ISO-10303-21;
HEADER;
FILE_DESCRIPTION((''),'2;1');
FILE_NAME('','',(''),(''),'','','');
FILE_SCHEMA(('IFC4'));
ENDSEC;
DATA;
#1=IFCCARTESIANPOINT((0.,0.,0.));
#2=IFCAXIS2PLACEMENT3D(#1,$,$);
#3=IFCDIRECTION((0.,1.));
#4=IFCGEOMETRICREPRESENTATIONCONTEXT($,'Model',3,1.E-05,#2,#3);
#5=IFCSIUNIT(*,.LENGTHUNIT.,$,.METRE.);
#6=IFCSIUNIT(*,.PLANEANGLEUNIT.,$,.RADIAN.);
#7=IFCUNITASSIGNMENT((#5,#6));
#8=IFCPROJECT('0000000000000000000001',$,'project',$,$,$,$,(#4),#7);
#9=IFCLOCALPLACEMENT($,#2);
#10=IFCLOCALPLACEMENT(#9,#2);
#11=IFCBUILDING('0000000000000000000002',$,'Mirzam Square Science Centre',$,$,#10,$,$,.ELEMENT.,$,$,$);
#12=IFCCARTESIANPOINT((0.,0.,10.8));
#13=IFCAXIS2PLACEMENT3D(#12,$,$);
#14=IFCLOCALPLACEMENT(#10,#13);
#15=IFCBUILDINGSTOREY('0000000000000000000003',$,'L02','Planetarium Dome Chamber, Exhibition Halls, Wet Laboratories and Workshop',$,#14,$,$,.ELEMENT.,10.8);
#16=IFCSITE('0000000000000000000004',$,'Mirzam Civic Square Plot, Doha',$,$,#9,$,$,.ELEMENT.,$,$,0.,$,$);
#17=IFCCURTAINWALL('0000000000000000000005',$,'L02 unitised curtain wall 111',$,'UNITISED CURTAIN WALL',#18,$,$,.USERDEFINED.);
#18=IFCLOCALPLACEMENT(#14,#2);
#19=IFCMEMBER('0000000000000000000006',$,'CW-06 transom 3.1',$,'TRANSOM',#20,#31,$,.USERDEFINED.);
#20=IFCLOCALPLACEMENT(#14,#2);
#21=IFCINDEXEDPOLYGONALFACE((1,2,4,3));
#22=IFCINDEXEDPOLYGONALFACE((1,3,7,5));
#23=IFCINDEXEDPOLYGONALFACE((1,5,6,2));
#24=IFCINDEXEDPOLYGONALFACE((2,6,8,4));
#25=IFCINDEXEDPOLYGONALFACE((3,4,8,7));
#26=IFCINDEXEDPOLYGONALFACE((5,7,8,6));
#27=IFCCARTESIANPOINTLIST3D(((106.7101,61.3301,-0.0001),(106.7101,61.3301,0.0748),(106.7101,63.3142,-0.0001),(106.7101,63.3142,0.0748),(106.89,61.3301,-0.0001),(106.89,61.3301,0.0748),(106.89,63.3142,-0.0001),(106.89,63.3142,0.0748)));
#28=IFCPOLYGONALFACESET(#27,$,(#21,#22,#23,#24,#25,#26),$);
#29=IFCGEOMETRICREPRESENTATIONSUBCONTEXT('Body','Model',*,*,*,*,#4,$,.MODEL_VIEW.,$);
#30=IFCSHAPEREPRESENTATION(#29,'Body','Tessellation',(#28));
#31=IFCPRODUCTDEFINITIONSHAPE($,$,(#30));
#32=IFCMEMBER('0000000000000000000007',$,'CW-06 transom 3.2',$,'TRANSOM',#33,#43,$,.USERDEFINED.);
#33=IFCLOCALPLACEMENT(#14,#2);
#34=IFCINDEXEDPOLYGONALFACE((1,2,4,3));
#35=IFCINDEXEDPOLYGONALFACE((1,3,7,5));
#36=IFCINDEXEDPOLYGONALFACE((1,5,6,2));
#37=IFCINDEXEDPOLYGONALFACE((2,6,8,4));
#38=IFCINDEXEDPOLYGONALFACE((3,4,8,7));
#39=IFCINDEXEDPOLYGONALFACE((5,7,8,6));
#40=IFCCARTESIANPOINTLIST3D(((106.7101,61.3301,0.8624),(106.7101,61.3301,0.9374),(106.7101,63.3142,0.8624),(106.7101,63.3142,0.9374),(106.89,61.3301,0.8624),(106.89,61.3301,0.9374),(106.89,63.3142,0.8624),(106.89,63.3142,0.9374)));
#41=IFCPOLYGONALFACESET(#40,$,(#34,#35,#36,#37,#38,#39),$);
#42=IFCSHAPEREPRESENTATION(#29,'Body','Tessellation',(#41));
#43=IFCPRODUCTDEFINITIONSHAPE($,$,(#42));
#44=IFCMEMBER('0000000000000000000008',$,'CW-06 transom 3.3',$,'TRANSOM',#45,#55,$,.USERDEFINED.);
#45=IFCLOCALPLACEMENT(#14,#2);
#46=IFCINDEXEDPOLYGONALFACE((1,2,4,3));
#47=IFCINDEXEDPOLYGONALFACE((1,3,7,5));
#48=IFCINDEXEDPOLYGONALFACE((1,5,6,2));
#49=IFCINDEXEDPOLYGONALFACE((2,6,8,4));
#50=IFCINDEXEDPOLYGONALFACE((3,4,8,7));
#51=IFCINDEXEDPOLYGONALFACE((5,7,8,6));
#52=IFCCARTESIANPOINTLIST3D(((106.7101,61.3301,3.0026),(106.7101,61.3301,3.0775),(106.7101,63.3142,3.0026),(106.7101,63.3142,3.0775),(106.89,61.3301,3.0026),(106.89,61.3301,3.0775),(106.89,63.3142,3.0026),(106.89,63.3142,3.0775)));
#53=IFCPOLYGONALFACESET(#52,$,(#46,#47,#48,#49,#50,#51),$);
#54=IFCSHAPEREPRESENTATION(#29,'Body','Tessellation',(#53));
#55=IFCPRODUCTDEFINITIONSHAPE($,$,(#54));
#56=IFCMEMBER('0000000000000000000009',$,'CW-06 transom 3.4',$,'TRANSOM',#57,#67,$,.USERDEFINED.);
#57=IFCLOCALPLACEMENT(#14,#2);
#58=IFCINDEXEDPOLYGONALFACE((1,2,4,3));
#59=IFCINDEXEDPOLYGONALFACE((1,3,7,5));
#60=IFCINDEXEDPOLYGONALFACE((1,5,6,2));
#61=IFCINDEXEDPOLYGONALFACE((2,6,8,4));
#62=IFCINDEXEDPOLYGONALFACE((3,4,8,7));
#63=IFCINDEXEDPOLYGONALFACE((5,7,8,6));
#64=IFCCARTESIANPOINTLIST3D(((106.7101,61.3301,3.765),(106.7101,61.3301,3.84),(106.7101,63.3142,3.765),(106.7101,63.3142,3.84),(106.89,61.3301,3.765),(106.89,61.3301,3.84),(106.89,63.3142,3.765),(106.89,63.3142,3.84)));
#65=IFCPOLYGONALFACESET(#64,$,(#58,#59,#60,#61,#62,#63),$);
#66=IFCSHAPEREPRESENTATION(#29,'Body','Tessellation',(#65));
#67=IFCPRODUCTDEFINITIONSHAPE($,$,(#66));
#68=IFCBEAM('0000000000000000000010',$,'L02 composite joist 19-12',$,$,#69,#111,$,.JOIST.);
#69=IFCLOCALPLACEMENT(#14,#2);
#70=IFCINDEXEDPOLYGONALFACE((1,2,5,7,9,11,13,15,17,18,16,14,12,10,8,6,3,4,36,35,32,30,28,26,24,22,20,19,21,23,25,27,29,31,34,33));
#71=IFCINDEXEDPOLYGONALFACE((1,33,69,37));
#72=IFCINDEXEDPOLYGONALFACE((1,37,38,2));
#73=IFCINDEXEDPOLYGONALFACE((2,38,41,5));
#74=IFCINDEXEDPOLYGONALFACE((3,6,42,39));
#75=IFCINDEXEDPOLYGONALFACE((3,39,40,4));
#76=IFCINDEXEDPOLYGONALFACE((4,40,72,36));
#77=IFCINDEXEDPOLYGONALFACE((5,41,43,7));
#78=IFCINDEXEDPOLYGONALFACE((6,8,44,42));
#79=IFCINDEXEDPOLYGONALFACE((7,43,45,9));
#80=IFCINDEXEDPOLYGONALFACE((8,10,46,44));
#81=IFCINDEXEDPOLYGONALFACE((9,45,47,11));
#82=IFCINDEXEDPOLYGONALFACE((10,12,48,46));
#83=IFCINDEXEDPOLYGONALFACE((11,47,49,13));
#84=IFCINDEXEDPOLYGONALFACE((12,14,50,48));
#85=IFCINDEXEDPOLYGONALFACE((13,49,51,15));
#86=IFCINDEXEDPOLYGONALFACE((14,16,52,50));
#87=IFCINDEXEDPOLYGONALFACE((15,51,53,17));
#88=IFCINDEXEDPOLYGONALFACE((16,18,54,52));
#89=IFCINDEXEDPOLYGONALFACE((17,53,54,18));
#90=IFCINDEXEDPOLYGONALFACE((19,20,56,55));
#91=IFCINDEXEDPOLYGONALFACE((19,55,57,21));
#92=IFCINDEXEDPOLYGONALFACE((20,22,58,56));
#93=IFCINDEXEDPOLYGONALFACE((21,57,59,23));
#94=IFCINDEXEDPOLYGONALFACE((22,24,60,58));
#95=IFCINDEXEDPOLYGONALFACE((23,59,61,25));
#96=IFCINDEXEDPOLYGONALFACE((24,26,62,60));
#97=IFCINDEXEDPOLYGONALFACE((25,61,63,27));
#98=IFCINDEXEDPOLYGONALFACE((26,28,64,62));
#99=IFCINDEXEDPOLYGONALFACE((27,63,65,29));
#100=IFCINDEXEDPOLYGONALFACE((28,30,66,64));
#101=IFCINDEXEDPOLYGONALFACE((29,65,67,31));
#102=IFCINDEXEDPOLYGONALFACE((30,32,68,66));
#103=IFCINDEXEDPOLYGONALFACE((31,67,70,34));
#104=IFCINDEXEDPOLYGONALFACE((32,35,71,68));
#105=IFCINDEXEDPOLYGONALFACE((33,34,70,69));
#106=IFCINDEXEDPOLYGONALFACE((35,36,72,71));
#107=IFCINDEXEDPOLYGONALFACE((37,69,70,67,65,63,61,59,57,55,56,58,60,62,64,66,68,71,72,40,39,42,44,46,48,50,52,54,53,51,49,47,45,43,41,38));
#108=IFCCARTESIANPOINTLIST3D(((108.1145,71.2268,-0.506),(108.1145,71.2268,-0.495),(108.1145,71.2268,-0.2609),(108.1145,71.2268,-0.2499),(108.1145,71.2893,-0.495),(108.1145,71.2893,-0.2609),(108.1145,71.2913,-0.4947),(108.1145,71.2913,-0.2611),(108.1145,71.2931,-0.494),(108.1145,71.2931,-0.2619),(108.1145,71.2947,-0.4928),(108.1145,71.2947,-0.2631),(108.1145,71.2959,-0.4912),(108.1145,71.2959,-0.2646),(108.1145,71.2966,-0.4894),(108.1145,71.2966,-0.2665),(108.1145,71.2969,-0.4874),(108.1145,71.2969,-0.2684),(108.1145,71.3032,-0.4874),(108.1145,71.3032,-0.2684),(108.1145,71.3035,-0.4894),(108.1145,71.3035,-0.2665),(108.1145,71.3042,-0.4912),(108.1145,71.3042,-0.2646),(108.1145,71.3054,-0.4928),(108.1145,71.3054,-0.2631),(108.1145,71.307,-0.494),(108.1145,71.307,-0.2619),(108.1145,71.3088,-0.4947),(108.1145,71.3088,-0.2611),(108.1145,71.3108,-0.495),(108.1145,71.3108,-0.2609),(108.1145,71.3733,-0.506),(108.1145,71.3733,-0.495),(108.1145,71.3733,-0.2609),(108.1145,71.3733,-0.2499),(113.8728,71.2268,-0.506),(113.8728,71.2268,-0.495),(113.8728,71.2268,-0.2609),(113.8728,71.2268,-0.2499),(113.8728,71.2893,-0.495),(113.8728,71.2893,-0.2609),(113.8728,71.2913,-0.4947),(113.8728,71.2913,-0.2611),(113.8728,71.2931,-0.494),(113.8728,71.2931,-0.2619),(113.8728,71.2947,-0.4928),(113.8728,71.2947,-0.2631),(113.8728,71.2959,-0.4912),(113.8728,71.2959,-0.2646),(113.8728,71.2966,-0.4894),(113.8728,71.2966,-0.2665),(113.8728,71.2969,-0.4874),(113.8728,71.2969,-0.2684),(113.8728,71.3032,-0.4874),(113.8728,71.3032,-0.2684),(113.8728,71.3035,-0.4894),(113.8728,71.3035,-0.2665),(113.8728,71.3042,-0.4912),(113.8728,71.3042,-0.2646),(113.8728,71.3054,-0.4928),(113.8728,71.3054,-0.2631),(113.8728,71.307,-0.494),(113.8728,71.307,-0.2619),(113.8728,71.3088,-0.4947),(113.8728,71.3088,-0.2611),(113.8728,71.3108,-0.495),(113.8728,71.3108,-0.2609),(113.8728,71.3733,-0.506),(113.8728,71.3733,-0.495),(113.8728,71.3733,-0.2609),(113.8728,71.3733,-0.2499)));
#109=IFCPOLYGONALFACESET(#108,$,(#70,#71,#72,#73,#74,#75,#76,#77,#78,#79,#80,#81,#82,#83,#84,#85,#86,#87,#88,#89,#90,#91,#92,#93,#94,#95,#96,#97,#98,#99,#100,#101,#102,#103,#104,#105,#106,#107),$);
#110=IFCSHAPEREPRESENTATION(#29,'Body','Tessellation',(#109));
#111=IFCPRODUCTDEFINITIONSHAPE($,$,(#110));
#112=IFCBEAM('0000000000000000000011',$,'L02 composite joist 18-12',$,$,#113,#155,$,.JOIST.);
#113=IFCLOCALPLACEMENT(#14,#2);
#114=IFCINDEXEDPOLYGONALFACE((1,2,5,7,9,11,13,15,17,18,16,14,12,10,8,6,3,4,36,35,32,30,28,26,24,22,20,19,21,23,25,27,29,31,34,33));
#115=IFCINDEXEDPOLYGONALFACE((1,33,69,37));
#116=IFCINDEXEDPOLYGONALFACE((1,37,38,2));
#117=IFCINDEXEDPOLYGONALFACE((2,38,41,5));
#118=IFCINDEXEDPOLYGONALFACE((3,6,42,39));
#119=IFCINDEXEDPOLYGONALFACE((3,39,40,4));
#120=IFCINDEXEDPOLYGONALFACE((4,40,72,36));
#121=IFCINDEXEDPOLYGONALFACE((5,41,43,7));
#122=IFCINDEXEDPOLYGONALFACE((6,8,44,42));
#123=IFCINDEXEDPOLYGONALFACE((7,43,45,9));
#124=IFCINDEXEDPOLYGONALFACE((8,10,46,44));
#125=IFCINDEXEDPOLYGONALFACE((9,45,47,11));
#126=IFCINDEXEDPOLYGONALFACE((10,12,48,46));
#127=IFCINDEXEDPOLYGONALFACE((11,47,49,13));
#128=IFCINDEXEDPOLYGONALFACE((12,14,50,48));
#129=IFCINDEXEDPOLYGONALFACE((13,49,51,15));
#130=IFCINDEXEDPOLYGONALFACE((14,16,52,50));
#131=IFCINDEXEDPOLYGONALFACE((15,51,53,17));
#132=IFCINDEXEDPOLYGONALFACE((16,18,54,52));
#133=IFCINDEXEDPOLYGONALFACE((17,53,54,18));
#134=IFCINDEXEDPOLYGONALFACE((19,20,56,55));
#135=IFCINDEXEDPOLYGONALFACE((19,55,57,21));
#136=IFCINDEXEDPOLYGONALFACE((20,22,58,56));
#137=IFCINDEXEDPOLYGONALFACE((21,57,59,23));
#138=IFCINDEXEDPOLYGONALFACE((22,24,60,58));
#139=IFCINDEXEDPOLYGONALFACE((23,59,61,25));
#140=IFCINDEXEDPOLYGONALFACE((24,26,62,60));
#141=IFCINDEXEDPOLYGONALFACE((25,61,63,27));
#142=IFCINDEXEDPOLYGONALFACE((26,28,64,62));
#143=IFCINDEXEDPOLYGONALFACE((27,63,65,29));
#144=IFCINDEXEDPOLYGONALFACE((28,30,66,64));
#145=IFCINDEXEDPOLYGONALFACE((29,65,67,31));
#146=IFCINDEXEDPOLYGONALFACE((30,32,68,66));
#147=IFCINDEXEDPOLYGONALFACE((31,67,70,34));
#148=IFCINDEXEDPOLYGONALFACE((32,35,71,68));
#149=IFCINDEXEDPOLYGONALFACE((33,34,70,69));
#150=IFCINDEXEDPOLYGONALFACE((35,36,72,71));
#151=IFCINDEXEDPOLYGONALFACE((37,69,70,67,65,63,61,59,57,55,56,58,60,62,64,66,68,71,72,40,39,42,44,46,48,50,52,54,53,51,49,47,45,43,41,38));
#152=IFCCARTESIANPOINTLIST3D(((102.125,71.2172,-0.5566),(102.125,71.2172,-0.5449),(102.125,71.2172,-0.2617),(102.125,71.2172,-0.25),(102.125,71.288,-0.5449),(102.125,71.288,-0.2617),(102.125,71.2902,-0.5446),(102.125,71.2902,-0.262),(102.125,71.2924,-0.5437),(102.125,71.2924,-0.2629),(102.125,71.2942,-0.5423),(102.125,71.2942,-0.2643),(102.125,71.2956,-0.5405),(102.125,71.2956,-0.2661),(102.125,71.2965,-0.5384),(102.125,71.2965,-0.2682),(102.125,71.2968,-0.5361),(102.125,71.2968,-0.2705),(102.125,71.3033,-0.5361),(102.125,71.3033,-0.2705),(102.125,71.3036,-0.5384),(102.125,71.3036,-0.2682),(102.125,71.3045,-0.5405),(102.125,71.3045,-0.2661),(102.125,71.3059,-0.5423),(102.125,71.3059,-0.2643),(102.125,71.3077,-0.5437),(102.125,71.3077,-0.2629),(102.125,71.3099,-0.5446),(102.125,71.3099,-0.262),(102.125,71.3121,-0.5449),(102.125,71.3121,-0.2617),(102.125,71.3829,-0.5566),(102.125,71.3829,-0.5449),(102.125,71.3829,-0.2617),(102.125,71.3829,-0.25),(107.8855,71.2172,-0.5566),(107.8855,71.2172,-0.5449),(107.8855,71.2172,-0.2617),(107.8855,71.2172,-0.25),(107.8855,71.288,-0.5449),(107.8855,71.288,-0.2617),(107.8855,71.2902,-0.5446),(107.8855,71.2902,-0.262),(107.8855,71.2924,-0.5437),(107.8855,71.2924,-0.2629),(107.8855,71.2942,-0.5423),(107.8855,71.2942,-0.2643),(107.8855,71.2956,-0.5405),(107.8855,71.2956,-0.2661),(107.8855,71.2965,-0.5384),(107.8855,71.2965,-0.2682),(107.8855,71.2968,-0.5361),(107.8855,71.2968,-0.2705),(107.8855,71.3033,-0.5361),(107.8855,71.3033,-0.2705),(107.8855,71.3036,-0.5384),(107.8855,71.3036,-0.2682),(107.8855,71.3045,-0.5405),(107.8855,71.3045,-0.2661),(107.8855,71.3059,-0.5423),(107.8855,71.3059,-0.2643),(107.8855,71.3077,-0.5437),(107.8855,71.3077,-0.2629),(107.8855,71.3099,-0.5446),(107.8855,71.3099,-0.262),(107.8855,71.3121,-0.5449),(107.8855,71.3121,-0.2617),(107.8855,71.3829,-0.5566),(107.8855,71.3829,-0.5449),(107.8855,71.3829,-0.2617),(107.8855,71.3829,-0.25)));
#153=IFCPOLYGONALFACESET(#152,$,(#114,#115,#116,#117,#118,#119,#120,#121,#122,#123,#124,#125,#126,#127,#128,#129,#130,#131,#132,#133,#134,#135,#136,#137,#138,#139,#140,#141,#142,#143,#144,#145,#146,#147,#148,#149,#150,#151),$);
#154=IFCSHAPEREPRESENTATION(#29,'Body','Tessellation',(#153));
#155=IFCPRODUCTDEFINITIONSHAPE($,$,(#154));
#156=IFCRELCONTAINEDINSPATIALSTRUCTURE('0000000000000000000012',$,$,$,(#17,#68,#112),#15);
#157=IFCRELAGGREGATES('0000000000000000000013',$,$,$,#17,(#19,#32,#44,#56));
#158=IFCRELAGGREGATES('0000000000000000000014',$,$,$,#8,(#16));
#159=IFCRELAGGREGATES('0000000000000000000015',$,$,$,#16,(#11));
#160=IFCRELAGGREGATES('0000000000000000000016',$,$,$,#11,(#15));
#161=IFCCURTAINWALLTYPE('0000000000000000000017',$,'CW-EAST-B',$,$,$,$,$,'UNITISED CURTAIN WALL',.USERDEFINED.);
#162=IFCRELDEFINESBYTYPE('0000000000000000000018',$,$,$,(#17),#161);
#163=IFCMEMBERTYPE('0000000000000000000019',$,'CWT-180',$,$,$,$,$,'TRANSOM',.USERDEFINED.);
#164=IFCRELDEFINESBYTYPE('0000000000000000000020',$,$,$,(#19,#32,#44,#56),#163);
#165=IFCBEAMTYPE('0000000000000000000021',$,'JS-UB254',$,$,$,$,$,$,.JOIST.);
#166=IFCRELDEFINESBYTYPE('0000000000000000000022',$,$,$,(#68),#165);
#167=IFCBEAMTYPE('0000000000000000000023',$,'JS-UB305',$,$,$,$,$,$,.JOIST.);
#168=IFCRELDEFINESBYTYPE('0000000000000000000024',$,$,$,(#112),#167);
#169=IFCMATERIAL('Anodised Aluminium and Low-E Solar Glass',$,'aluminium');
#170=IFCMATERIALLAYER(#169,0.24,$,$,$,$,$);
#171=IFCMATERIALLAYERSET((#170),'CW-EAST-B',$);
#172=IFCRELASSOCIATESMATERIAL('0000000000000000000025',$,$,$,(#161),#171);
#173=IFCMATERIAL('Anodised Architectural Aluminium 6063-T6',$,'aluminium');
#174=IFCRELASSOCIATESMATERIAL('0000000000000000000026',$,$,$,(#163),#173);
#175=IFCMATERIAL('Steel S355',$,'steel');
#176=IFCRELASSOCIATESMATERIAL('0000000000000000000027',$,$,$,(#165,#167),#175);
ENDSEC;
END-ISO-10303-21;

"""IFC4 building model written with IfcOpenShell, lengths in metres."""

from ifc_helpers import new_model, si_unit, direction, frame, origin, origin_2d, place, context, subcontext, project, spatial, rectangle, i_section, extrude, material, layer, layer_set, material_profile, profile_set, type_object, element, aggregate, save


model = new_model("IFC4")

# Units and contexts
model_context = context("Model", 3, precision=1e-05, world=origin(), true_north=direction((0.0, 1.0)))
body_context = subcontext(model_context, "Body", "Model", "MODEL_VIEW")
ifc_project = project(units=[si_unit("LENGTHUNIT", "METRE"), si_unit("PLANEANGLEUNIT", "RADIAN")], contexts=[model_context])

# Site, building, storey
site_placement = place(None, origin())
site = spatial("IfcSite", under=ifc_project, at=site_placement, Name="Mirzam Civic Square Plot, Doha", CompositionType="ELEMENT", RefElevation=0.0)
building_placement = place(site_placement, origin())
building = spatial("IfcBuilding", under=site, at=building_placement, Name="Mirzam Square Science Centre", CompositionType="ELEMENT")
storey_placement = place(building_placement, frame((0.0, 0.0, 10.8)))
storey = spatial("IfcBuildingStorey", under=building, at=storey_placement, Name="L02", Description="Planetarium Dome Chamber, Exhibition Halls, Wet Laboratories and Workshop", CompositionType="ELEMENT", Elevation=10.8)

# Shared definitions
ifc_material_1 = material(Name="Steel S355", Category="steel")

# Curtain wall, members
ifc_material_2 = material(Name="Anodised Aluminium and Low-E Solar Glass", Category="aluminium")
ifc_layer_1 = layer(ifc_material_2, 0.24)
ifc_layer_set_1 = layer_set([ifc_layer_1], Name="CW-EAST-B")
curtain_wall_type = type_object("IfcCurtainWallType", Name="CW-EAST-B", ElementType="UNITISED CURTAIN WALL", PredefinedType="USERDEFINED", material=ifc_layer_set_1)
curtain_wall_placement = place(storey_placement, origin())
curtain_wall = element("IfcCurtainWall", 1, at=curtain_wall_placement, inside=storey, type_object=curtain_wall_type, Name="L02 unitised curtain wall 111", ObjectType="UNITISED CURTAIN WALL", PredefinedType="USERDEFINED")
ifc_material_3 = material(Name="Anodised Architectural Aluminium 6063-T6", Category="aluminium")
ifc_material_profile_1 = material_profile(ifc_material_3, rectangle(XDim=0.1799, YDim=0.075, at=origin_2d()), Name="ALU-TRAN-180x75x5")
ifc_profile_set_1 = profile_set([ifc_material_profile_1], Name="Anodised Architectural Aluminium 6063-T6")
member_type_1 = type_object("IfcMemberType", Name="CWT-180", ElementType="TRANSOM", PredefinedType="USERDEFINED", material=ifc_profile_set_1)
member_1_placement = place(storey_placement, frame((106.8, 63.3142, 0.0374), z_axis=(0.0, -1.0, 0.0), x_axis=(1.0, 0.0, 0.0)))
member_1 = element("IfcMember", 2, at=member_1_placement, type_object=member_type_1, Name="CW-06 transom 3.1", ObjectType="TRANSOM", PredefinedType="USERDEFINED", context=body_context, shape_type="SweptSolid", body=[
    extrude(rectangle(XDim=0.1799, YDim=0.075, at=origin_2d()), origin(), (0.0, 0.0, 1.0), 1.9841),
])
member_2_placement = place(storey_placement, frame((106.8, 63.3142, 0.8999), z_axis=(0.0, -1.0, 0.0), x_axis=(1.0, 0.0, 0.0)))
member_2 = element("IfcMember", 3, at=member_2_placement, type_object=member_type_1, Name="CW-06 transom 3.2", ObjectType="TRANSOM", PredefinedType="USERDEFINED", context=body_context, shape_type="SweptSolid", body=[
    extrude(rectangle(XDim=0.1799, YDim=0.075, at=origin_2d()), origin(), (0.0, 0.0, 1.0), 1.9841),
])
member_3_placement = place(storey_placement, frame((106.8, 63.3142, 3.04), z_axis=(0.0, -1.0, 0.0), x_axis=(1.0, 0.0, 0.0)))
member_3 = element("IfcMember", 4, at=member_3_placement, type_object=member_type_1, Name="CW-06 transom 3.3", ObjectType="TRANSOM", PredefinedType="USERDEFINED", context=body_context, shape_type="SweptSolid", body=[
    extrude(rectangle(XDim=0.1799, YDim=0.075, at=origin_2d()), origin(), (0.0, 0.0, 1.0), 1.9841),
])
member_4_placement = place(storey_placement, frame((106.8, 63.3142, 3.8025), z_axis=(0.0, -1.0, 0.0), x_axis=(1.0, 0.0, 0.0)))
member_4 = element("IfcMember", 5, at=member_4_placement, type_object=member_type_1, Name="CW-06 transom 3.4", ObjectType="TRANSOM", PredefinedType="USERDEFINED", context=body_context, shape_type="SweptSolid", body=[
    extrude(rectangle(XDim=0.1799, YDim=0.075, at=origin_2d()), origin(), (0.0, 0.0, 1.0), 1.9841),
])

# Beams
ifc_material_profile_2 = material_profile(ifc_material_1, i_section(OverallWidth=0.1465, OverallDepth=0.2561, WebThickness=0.0063, FlangeThickness=0.011, FilletRadius=0.0076, at=origin_2d()), Name="254x146x37UB")
ifc_profile_set_2 = profile_set([ifc_material_profile_2], Name="Steel S355")
beam_type_1 = type_object("IfcBeamType", Name="JS-UB254", PredefinedType="JOIST", material=ifc_profile_set_2)
beam_1_placement = place(storey_placement, frame((108.1145, 71.3, -0.3779), z_axis=(1.0, 0.0, 0.0), x_axis=(0.0, 1.0, 0.0)))
element("IfcBeam", 6, at=beam_1_placement, inside=storey, type_object=beam_type_1, Name="L02 composite joist 19-12", PredefinedType="JOIST", context=body_context, shape_type="SweptSolid", body=[
    extrude(i_section(OverallWidth=0.1465, OverallDepth=0.2561, WebThickness=0.0063, FlangeThickness=0.011, FilletRadius=0.0076, at=origin_2d()), origin(), (0.0, 0.0, 1.0), 5.7583),
])
ifc_material_profile_3 = material_profile(ifc_material_1, i_section(OverallWidth=0.1658, OverallDepth=0.3066, WebThickness=0.0066, FlangeThickness=0.0117, FilletRadius=0.0088, at=origin_2d()), Name="305x165x46UB")
ifc_profile_set_3 = profile_set([ifc_material_profile_3], Name="Steel S355")
beam_type_2 = type_object("IfcBeamType", Name="JS-UB305", PredefinedType="JOIST", material=ifc_profile_set_3)
beam_2_placement = place(storey_placement, frame((102.125, 71.3, -0.4033), z_axis=(1.0, 0.0, 0.0), x_axis=(0.0, 1.0, 0.0)))
element("IfcBeam", 7, at=beam_2_placement, inside=storey, type_object=beam_type_2, Name="L02 composite joist 18-12", PredefinedType="JOIST", context=body_context, shape_type="SweptSolid", body=[
    extrude(i_section(OverallWidth=0.1658, OverallDepth=0.3066, WebThickness=0.0066, FlangeThickness=0.0117, FilletRadius=0.0088, at=origin_2d()), origin(), (0.0, 0.0, 1.0), 5.7605),
])

aggregate(curtain_wall, [member_1, member_2, member_3, member_4])

save(model, "model.ifc")
